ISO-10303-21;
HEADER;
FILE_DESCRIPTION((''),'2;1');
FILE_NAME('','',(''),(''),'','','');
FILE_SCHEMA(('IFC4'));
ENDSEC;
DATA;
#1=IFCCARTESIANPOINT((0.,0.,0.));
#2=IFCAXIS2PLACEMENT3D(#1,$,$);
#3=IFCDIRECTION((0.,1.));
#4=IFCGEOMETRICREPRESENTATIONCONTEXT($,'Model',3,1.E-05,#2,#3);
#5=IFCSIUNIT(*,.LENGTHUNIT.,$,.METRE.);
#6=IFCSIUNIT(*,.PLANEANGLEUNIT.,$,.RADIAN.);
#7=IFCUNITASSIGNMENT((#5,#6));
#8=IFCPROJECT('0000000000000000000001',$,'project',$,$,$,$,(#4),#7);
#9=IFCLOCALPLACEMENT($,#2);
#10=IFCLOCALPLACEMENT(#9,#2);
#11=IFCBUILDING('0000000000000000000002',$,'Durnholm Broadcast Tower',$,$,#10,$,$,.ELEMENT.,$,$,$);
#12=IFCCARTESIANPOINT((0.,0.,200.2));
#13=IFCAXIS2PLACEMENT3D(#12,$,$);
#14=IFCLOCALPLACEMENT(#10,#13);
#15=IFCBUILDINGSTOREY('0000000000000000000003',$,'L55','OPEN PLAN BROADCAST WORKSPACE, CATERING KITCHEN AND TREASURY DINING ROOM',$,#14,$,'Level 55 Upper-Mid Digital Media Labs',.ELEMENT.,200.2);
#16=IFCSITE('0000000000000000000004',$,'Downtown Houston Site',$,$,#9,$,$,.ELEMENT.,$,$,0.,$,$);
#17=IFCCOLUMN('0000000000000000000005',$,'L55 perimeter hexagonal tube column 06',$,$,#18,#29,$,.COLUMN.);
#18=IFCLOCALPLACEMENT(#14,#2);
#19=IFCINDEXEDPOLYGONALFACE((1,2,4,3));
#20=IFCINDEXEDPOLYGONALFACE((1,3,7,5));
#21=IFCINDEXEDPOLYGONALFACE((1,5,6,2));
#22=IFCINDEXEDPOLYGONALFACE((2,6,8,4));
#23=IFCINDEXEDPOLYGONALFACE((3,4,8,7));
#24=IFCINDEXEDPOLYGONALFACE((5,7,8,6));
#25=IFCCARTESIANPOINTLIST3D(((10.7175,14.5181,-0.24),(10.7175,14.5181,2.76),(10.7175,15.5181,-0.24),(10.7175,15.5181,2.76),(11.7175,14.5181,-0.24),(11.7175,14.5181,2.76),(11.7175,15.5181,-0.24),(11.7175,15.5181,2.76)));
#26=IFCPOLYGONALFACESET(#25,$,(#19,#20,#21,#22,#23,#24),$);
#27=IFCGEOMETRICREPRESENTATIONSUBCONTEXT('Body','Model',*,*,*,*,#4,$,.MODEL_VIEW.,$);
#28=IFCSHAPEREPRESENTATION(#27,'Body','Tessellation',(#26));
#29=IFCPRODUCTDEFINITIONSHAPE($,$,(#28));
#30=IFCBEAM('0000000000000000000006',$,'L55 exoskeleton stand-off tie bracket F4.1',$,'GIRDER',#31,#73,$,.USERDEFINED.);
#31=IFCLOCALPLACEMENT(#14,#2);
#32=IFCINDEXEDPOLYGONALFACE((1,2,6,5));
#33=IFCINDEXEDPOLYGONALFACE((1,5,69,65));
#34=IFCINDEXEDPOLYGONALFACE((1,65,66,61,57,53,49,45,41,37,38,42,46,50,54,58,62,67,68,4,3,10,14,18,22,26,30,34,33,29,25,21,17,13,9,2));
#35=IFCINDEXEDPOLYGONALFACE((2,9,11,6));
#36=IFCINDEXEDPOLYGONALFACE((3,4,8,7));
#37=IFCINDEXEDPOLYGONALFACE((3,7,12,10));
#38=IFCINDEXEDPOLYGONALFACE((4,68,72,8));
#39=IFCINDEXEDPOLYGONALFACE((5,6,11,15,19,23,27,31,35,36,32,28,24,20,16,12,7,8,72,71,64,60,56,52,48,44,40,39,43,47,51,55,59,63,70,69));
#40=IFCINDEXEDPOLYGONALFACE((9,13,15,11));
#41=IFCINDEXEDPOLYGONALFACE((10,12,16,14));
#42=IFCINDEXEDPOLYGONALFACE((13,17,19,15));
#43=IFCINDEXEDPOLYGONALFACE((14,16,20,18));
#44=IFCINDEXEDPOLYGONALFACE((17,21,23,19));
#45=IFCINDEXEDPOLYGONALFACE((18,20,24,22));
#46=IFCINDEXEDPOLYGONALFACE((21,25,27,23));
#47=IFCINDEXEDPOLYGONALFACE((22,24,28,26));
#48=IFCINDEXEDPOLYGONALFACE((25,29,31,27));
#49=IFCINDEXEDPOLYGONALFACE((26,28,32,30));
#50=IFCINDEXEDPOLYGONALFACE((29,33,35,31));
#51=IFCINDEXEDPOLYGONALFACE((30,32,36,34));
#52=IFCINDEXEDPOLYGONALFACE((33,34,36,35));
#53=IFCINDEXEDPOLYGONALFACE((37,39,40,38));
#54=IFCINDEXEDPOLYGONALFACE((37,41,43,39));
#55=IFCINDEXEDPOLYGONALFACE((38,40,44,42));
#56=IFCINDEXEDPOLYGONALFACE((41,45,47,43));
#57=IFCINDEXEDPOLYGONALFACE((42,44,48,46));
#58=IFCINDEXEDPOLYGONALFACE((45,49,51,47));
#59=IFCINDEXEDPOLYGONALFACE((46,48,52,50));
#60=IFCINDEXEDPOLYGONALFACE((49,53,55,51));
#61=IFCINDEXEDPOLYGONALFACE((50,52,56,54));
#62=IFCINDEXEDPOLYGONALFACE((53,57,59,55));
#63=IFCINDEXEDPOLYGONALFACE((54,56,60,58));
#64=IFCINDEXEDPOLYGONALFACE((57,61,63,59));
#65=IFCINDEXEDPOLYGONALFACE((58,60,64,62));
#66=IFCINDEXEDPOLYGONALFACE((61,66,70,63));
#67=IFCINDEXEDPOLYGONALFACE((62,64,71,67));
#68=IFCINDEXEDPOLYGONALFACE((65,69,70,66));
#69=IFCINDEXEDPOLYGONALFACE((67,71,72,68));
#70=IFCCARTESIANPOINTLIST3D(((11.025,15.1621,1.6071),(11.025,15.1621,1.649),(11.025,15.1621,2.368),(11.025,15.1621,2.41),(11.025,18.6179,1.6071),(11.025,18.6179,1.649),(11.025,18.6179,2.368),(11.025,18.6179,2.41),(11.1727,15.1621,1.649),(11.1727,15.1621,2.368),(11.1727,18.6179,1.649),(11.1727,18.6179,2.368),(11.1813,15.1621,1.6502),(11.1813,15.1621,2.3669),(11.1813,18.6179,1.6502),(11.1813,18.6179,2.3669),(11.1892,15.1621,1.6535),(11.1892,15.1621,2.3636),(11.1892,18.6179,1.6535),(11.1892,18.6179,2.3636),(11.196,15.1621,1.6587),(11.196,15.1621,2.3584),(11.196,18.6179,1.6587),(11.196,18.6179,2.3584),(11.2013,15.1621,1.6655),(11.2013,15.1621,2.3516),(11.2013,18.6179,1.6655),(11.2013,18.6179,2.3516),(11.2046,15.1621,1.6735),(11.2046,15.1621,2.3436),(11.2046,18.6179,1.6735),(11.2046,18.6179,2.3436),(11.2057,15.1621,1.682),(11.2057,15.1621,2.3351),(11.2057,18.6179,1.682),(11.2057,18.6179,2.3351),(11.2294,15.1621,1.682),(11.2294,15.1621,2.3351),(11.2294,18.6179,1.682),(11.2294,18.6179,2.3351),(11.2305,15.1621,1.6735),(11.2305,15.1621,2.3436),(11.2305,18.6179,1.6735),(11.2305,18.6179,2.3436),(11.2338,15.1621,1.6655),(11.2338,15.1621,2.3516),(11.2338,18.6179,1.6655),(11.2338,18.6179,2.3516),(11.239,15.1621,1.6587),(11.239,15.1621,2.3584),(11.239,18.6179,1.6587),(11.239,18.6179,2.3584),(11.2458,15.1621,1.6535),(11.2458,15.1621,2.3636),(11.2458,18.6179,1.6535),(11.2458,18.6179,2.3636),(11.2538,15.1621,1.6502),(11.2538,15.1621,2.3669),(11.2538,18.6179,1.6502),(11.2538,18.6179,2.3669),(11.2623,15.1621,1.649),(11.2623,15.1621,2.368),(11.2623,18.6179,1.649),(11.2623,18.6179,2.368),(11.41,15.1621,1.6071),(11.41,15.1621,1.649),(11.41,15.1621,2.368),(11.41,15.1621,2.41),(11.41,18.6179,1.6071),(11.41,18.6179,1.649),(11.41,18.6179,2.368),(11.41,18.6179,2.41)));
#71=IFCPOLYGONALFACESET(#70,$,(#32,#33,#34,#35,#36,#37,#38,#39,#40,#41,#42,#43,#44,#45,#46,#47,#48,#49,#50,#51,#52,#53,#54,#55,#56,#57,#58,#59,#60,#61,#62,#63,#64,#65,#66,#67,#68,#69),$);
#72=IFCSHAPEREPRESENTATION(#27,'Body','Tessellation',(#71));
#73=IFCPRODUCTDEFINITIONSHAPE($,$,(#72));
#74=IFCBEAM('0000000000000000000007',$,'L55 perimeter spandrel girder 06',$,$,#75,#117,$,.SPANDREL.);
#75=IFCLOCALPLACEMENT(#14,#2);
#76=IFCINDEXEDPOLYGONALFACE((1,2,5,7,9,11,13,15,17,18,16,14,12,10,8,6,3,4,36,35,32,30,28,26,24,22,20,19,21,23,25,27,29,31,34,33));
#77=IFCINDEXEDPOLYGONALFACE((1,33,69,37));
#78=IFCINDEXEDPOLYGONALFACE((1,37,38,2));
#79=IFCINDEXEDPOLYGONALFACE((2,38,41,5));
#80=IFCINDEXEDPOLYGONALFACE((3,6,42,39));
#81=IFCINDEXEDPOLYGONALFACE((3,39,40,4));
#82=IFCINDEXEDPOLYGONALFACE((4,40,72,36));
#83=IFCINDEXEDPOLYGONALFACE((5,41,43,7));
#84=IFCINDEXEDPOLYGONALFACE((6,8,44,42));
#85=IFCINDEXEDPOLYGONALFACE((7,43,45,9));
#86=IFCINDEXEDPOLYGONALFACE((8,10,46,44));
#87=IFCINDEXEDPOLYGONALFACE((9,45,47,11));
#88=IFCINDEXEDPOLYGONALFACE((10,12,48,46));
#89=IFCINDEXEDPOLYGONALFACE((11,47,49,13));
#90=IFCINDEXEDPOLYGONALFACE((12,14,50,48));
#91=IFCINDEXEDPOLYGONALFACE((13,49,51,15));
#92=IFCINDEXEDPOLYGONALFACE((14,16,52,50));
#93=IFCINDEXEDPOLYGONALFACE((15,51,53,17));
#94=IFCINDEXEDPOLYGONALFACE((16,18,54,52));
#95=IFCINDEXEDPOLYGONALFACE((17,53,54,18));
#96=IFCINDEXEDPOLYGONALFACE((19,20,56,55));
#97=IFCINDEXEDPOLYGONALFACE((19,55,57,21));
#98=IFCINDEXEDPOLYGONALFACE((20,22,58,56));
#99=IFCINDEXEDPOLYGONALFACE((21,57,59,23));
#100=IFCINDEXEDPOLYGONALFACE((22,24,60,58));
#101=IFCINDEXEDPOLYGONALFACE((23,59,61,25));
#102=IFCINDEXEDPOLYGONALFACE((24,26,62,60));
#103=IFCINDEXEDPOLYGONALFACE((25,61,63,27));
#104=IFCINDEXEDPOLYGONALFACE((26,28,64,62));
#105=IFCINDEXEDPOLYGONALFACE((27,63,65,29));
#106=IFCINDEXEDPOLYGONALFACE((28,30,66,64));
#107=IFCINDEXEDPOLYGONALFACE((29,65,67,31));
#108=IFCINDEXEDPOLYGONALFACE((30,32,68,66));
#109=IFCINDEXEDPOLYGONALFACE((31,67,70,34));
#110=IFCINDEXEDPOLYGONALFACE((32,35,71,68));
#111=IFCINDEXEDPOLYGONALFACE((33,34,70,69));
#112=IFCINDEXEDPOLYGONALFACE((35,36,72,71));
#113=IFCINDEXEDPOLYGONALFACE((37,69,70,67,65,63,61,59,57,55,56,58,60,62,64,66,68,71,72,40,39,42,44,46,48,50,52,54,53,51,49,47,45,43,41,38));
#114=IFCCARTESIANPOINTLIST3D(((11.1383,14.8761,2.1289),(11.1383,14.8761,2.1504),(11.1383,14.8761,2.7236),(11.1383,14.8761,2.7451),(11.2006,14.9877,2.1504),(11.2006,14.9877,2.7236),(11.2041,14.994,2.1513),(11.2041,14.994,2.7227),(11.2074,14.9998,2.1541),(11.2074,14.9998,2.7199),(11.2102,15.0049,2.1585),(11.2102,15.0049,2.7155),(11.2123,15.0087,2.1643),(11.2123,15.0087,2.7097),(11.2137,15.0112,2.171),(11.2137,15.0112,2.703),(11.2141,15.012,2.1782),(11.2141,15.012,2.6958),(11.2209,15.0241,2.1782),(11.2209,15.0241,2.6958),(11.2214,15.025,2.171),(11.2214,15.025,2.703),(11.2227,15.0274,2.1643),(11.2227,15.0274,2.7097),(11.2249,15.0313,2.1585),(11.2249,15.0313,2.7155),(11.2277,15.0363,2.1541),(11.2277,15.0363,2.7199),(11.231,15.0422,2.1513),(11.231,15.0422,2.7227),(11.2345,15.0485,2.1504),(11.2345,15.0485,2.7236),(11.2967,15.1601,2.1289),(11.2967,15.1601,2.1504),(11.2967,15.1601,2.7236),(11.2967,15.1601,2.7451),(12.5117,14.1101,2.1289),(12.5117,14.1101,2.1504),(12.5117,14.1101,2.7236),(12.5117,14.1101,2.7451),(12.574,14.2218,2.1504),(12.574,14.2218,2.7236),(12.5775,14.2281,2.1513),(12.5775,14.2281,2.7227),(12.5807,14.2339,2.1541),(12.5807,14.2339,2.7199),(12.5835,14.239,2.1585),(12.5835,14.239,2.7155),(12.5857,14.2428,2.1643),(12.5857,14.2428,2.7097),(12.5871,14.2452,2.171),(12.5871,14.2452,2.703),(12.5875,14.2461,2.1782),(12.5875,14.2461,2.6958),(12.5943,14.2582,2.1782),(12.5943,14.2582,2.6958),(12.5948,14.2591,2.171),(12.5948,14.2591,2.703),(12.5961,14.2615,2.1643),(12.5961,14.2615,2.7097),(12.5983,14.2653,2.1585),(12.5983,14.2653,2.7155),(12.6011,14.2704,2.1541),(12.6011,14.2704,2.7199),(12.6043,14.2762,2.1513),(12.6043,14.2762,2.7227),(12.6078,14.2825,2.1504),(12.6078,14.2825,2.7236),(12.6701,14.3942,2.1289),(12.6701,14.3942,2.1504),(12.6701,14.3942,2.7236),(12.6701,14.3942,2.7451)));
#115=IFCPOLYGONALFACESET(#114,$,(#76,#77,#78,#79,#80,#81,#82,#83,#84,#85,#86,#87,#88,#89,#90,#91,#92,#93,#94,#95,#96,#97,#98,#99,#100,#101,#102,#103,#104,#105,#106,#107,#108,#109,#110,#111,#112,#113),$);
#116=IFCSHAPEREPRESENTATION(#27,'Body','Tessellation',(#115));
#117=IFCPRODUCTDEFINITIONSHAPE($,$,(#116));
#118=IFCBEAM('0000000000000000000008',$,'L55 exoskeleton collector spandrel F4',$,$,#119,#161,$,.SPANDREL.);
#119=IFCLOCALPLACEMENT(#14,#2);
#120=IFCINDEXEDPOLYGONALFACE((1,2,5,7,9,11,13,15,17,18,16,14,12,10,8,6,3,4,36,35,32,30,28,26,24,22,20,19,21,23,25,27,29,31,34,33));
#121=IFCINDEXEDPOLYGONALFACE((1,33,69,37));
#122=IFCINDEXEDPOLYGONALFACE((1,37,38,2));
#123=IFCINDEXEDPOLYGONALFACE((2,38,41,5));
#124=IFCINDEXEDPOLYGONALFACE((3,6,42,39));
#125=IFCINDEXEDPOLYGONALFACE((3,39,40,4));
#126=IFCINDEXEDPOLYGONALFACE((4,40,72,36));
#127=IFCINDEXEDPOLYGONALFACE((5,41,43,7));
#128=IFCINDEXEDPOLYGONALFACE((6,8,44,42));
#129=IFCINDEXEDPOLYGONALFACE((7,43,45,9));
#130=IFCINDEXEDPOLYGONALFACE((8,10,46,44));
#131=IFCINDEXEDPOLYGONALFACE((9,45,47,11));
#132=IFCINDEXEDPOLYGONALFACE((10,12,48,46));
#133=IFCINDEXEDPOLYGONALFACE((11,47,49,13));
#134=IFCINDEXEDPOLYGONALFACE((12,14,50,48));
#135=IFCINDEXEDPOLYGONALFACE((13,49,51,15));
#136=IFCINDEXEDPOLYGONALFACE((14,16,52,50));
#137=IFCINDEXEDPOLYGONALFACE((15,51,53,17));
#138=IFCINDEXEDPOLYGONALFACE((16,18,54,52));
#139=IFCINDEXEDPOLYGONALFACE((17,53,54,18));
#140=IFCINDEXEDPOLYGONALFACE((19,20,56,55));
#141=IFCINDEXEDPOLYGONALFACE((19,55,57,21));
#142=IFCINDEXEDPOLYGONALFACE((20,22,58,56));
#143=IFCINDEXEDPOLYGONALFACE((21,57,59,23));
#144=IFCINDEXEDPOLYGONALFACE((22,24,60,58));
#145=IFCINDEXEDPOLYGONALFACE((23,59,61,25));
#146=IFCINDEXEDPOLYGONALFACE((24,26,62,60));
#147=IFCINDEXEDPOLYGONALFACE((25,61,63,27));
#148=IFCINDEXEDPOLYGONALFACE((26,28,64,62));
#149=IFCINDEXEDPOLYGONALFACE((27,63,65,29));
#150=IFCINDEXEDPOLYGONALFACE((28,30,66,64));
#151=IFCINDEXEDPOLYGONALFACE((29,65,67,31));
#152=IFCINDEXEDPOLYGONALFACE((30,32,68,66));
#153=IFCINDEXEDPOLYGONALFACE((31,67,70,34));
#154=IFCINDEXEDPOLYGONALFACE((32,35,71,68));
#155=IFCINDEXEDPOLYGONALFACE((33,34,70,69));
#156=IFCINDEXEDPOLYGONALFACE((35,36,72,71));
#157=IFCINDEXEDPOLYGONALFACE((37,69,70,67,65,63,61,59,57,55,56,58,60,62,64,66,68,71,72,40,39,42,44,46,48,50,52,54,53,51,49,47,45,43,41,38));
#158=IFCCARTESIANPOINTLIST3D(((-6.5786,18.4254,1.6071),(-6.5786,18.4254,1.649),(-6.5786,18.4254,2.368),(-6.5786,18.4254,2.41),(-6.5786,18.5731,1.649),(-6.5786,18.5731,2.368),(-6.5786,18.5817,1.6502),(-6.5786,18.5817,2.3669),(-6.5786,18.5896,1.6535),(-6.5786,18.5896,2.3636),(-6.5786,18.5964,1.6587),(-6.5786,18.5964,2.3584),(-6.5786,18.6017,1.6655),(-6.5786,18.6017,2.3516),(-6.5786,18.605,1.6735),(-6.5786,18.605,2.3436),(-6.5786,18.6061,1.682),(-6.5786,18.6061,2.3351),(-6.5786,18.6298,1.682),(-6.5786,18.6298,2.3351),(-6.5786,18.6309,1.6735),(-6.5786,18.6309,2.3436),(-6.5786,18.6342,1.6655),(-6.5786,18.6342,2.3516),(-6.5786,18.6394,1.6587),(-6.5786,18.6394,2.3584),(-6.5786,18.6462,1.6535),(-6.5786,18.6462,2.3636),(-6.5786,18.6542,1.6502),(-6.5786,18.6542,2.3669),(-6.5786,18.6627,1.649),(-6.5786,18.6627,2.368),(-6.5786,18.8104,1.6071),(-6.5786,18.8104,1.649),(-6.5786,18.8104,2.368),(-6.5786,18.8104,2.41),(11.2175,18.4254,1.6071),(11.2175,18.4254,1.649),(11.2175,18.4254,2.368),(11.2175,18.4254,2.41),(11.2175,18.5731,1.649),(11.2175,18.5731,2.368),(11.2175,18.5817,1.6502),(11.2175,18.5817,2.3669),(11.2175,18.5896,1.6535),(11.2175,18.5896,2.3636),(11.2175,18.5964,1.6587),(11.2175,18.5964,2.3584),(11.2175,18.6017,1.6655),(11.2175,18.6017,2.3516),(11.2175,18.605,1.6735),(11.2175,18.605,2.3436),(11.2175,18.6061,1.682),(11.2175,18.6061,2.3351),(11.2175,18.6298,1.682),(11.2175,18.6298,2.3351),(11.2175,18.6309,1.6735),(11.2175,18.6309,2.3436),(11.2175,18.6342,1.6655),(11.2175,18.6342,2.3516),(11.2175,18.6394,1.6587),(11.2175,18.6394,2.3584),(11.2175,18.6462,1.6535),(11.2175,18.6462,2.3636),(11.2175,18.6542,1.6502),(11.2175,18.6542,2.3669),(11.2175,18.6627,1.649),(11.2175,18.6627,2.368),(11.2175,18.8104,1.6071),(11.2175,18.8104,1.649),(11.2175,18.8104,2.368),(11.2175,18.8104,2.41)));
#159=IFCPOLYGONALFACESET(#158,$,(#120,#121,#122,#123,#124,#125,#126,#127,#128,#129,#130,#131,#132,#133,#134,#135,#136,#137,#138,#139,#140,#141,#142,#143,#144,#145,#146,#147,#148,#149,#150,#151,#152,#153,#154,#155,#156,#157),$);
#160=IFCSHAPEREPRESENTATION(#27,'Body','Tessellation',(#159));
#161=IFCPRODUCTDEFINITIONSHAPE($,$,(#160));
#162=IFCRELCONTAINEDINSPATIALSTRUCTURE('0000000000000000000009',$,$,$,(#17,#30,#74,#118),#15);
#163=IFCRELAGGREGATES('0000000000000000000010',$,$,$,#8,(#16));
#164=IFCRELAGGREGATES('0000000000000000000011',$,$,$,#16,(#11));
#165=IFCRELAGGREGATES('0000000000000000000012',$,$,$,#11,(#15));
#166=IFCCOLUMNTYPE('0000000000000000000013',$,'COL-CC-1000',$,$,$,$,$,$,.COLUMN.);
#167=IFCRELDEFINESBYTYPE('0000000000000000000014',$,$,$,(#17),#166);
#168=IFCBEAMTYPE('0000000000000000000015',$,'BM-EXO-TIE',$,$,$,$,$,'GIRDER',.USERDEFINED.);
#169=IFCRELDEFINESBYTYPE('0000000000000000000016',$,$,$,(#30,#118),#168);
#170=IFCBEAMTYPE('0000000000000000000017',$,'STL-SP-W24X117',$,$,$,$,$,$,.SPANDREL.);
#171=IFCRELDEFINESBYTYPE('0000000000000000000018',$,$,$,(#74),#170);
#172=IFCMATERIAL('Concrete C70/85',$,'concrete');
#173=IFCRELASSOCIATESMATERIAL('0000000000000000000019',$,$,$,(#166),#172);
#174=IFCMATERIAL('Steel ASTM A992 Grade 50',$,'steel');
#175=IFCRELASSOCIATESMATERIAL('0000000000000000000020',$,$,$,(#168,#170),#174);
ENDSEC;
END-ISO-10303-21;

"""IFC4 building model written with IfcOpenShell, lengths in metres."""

from ifc_helpers import new_model, si_unit, direction, frame, origin, origin_2d, place, context, subcontext, project, spatial, rectangle, i_section, extrude, source, transform, mapped, material, material_profile, profile_set, type_object, type_shapes, element, save


model = new_model("IFC4")

# Units and contexts
model_context = context("Model", 3, precision=1e-05, world=origin(), true_north=direction((0.0, 1.0)))
body_context = subcontext(model_context, "Body", "Model", "MODEL_VIEW")
ifc_project = project(units=[si_unit("LENGTHUNIT", "METRE"), si_unit("PLANEANGLEUNIT", "RADIAN")], contexts=[model_context])

# Site, building, storey
site_placement = place(None, origin())
site = spatial("IfcSite", under=ifc_project, at=site_placement, Name="Downtown Houston Site", CompositionType="ELEMENT", RefElevation=0.0)
building_placement = place(site_placement, origin())
building = spatial("IfcBuilding", under=site, at=building_placement, Name="Durnholm Broadcast Tower", CompositionType="ELEMENT")
storey_placement = place(building_placement, frame((0.0, 0.0, 200.2)))
storey = spatial("IfcBuildingStorey", under=building, at=storey_placement, Name="L55", Description="OPEN PLAN BROADCAST WORKSPACE, CATERING KITCHEN AND TREASURY DINING ROOM", LongName="Level 55 Upper-Mid Digital Media Labs", CompositionType="ELEMENT", Elevation=200.2)

# Column
ifc_material_1 = material(Name="Concrete C70/85", Category="concrete")
ifc_material_profile_1 = material_profile(ifc_material_1, rectangle(XDim=1.0, YDim=1.0, at=origin_2d()), Name="RC1000X1000")
ifc_profile_set_1 = profile_set([ifc_material_profile_1], Name="Concrete C70/85")
column_type = type_object("IfcColumnType", Name="COL-CC-1000", PredefinedType="COLUMN", material=ifc_profile_set_1)
shared_shape_1 = source(origin(), body_context, "Body", "SweptSolid", [
    extrude(rectangle(XDim=1.0, YDim=1.0, at=origin_2d()), origin(), (0.0, 0.0, 1.0), 3.0),
])
type_shapes(column_type, [shared_shape_1])
column_placement = place(storey_placement, frame((11.2175, 15.0181, -0.24), z_axis=(0.0, 0.0, 1.0), x_axis=(1.0, 0.0, 0.0)))
element("IfcColumn", 1, at=column_placement, inside=storey, type_object=column_type, Name="L55 perimeter hexagonal tube column 06", PredefinedType="COLUMN", context=body_context, shape_type="MappedRepresentation", body=[
    mapped(shared_shape_1, transform((0.0, 0.0, 0.0), x_axis=(1.0, 0.0, 0.0), y_axis=(0.0, 1.0, 0.0), z_axis=(0.0, 0.0, 1.0), scale=1.0)),
])

# Beams
ifc_material_2 = material(Name="Steel ASTM A992 Grade 50", Category="steel")
ifc_material_profile_2 = material_profile(ifc_material_2, i_section(OverallWidth=0.385, OverallDepth=0.803, WebThickness=0.0237, FlangeThickness=0.042, FilletRadius=0.033, at=origin_2d()), Name="W30X261")
ifc_profile_set_2 = profile_set([ifc_material_profile_2], Name="Steel ASTM A992 Grade 50")
beam_type_1 = type_object("IfcBeamType", Name="BM-EXO-TIE", ElementType="GIRDER", PredefinedType="USERDEFINED", material=ifc_profile_set_2)
shared_shape_2 = source(origin(), body_context, "Body", "SweptSolid", [
    extrude(i_section(OverallWidth=0.385, OverallDepth=0.803, WebThickness=0.0237, FlangeThickness=0.042, FilletRadius=0.033, at=origin_2d()), origin(), (0.0, 0.0, 1.0), 3.4558),
])
beam_1_placement = place(storey_placement, frame((11.2175, 15.1621, 2.0085), z_axis=(0.0, 1.0, 0.0), x_axis=(-1.0, 0.0, 0.0)))
element("IfcBeam", 2, at=beam_1_placement, inside=storey, type_object=beam_type_1, Name="L55 exoskeleton stand-off tie bracket F4.1", ObjectType="GIRDER", PredefinedType="USERDEFINED", context=body_context, shape_type="MappedRepresentation", body=[
    mapped(shared_shape_2, transform((0.0, 0.0, 0.0), x_axis=(1.0, 0.0, 0.0), y_axis=(0.0, 1.0, 0.0), z_axis=(0.0, 0.0, 1.0), scale=1.0)),
])
ifc_material_profile_3 = material_profile(ifc_material_2, i_section(OverallWidth=0.3252, OverallDepth=0.6162, WebThickness=0.0139, FlangeThickness=0.0215, FilletRadius=0.0278, at=origin_2d()), Name="W24X117")
ifc_profile_set_3 = profile_set([ifc_material_profile_3], Name="Steel ASTM A992 Grade 50")
beam_type_2 = type_object("IfcBeamType", Name="STL-SP-W24X117", PredefinedType="SPANDREL", material=ifc_profile_set_3)
shared_shape_3 = source(origin(), body_context, "Body", "SweptSolid", [
    extrude(i_section(OverallWidth=0.3252, OverallDepth=0.6162, WebThickness=0.0139, FlangeThickness=0.0215, FilletRadius=0.0278, at=origin_2d()), origin(), (0.0, 0.0, 1.0), 1.5725),
])
type_shapes(beam_type_2, [shared_shape_3])
beam_2_placement = place(storey_placement, frame((11.2175, 15.0181, 2.437), z_axis=(0.873365, -0.487066, 0.0), x_axis=(0.487066, 0.873365, 0.0)))
element("IfcBeam", 3, at=beam_2_placement, inside=storey, type_object=beam_type_2, Name="L55 perimeter spandrel girder 06", PredefinedType="SPANDREL", context=body_context, shape_type="MappedRepresentation", body=[
    mapped(shared_shape_3, transform((0.0, 0.0, 0.0), x_axis=(1.0, 0.0, 0.0), y_axis=(0.0, 1.0, 0.0), z_axis=(0.0, 0.0, 1.0), scale=1.0)),
])
shared_shape_4 = source(origin(), body_context, "Body", "SweptSolid", [
    extrude(i_section(OverallWidth=0.385, OverallDepth=0.803, WebThickness=0.0237, FlangeThickness=0.042, FilletRadius=0.033, at=origin_2d()), origin(), (0.0, 0.0, 1.0), 17.7961),
])
type_shapes(beam_type_1, [shared_shape_2, shared_shape_4])
beam_3_placement = place(storey_placement, frame((11.2175, 18.6179, 2.0085), z_axis=(-1.0, 0.0, 0.0), x_axis=(0.0, -1.0, 0.0)))
element("IfcBeam", 4, at=beam_3_placement, inside=storey, type_object=beam_type_1, Name="L55 exoskeleton collector spandrel F4", PredefinedType="SPANDREL", context=body_context, shape_type="MappedRepresentation", body=[
    mapped(shared_shape_4, transform((0.0, 0.0, 0.0), x_axis=(1.0, 0.0, 0.0), y_axis=(0.0, 1.0, 0.0), z_axis=(0.0, 0.0, 1.0), scale=1.0)),
])

save(model, "model.ifc")
